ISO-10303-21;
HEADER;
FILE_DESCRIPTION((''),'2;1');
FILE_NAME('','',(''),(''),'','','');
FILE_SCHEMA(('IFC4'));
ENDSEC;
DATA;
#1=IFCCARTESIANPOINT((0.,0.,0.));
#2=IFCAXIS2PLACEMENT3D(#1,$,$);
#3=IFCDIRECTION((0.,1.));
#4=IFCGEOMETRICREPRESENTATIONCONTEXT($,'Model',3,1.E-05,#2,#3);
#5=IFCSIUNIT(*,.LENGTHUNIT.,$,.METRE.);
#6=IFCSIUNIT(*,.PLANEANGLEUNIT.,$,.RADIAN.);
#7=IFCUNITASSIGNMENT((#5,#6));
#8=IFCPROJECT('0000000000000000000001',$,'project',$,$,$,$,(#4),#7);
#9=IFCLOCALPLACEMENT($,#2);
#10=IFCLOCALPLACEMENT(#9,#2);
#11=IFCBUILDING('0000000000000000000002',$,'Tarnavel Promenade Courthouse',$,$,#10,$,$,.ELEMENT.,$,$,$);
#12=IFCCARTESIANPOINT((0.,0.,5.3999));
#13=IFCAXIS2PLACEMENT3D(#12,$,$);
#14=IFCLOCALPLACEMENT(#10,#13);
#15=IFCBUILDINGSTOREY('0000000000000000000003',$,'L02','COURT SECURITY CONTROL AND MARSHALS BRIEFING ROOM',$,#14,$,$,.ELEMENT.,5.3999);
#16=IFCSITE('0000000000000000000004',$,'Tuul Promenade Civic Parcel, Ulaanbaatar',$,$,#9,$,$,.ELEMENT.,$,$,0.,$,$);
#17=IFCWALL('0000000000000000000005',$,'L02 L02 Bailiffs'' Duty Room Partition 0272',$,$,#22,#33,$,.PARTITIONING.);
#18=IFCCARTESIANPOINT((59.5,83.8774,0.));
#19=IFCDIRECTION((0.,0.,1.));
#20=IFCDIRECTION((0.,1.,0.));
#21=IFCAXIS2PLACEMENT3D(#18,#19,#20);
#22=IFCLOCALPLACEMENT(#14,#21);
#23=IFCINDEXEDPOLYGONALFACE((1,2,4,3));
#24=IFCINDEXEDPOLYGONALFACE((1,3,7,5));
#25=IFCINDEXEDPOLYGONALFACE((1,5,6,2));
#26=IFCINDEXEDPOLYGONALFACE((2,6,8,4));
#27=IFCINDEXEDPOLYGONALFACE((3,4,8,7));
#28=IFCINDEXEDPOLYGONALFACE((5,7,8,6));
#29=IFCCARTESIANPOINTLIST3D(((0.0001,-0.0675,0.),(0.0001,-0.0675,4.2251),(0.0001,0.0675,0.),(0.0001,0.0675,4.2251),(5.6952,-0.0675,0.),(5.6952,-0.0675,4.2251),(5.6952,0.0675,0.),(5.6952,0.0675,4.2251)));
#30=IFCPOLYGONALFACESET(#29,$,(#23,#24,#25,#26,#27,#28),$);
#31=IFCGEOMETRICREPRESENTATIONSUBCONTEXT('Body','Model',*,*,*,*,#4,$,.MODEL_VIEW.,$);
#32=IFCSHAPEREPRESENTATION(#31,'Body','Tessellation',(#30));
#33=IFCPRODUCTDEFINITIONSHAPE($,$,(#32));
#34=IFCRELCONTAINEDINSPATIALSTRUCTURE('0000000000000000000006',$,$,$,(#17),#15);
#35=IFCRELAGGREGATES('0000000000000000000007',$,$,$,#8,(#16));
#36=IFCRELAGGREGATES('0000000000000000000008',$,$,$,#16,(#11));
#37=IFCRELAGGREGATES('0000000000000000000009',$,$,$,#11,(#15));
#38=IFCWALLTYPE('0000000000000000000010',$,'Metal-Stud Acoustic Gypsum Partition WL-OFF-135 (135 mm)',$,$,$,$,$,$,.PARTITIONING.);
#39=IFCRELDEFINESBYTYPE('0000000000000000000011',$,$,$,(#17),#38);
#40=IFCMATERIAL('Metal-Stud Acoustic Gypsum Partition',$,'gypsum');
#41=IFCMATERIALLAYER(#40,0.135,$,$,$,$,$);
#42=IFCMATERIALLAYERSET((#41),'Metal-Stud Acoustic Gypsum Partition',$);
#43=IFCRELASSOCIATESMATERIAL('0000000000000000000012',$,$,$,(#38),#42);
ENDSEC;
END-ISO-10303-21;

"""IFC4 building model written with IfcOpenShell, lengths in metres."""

from ifc_helpers import new_model, si_unit, direction, frame, frame_2d, origin, place, context, subcontext, project, spatial, rectangle, extrude, material, layer, layer_set, type_object, element, save


model = new_model("IFC4")

# Units and contexts
model_context = context("Model", 3, precision=1e-05, world=origin(), true_north=direction((0.0, 1.0)))
body_context = subcontext(model_context, "Body", "Model", "MODEL_VIEW")
ifc_project = project(units=[si_unit("LENGTHUNIT", "METRE"), si_unit("PLANEANGLEUNIT", "RADIAN")], contexts=[model_context])

# Site, building, storey
site_placement = place(None, origin())
site = spatial("IfcSite", under=ifc_project, at=site_placement, Name="Tuul Promenade Civic Parcel, Ulaanbaatar", CompositionType="ELEMENT", RefElevation=0.0)
building_placement = place(site_placement, origin())
building = spatial("IfcBuilding", under=site, at=building_placement, Name="Tarnavel Promenade Courthouse", CompositionType="ELEMENT")
storey_placement = place(building_placement, frame((0.0, 0.0, 5.3999)))
storey = spatial("IfcBuildingStorey", under=building, at=storey_placement, Name="L02", Description="COURT SECURITY CONTROL AND MARSHALS BRIEFING ROOM", CompositionType="ELEMENT", Elevation=5.3999)

# Shared definitions
ifc_material_1 = material(Name="Metal-Stud Acoustic Gypsum Partition", Category="gypsum")
ifc_layer_1 = layer(ifc_material_1, 0.135)
ifc_layer_set_1 = layer_set([ifc_layer_1], Name="Metal-Stud Acoustic Gypsum Partition")
wall_type_1 = type_object("IfcWallType", Name="Metal-Stud Acoustic Gypsum Partition WL-OFF-135 (135 mm)", PredefinedType="PARTITIONING", material=ifc_layer_set_1)

# Wall
for number, where, z_axis, x_axis, name in (
    (1, (59.5, 83.8774, 0.0), (0.0, 0.0, 1.0), (0.0, 1.0, 0.0), "L02 L02 Bailiffs' Duty Room Partition 0272"),
):
    element("IfcWall", number, at=place(storey_placement, frame(where, z_axis=z_axis, x_axis=x_axis)), inside=storey, type_object=wall_type_1, Name=name, PredefinedType="PARTITIONING", context=body_context, shape_type="SweptSolid", body=[
        extrude(rectangle(XDim=5.6951, YDim=0.135, at=frame_2d((2.8477, 0.0))), origin(), (0.0, 0.0, 1.0), 4.2251),
    ])

save(model, "model.ifc")
